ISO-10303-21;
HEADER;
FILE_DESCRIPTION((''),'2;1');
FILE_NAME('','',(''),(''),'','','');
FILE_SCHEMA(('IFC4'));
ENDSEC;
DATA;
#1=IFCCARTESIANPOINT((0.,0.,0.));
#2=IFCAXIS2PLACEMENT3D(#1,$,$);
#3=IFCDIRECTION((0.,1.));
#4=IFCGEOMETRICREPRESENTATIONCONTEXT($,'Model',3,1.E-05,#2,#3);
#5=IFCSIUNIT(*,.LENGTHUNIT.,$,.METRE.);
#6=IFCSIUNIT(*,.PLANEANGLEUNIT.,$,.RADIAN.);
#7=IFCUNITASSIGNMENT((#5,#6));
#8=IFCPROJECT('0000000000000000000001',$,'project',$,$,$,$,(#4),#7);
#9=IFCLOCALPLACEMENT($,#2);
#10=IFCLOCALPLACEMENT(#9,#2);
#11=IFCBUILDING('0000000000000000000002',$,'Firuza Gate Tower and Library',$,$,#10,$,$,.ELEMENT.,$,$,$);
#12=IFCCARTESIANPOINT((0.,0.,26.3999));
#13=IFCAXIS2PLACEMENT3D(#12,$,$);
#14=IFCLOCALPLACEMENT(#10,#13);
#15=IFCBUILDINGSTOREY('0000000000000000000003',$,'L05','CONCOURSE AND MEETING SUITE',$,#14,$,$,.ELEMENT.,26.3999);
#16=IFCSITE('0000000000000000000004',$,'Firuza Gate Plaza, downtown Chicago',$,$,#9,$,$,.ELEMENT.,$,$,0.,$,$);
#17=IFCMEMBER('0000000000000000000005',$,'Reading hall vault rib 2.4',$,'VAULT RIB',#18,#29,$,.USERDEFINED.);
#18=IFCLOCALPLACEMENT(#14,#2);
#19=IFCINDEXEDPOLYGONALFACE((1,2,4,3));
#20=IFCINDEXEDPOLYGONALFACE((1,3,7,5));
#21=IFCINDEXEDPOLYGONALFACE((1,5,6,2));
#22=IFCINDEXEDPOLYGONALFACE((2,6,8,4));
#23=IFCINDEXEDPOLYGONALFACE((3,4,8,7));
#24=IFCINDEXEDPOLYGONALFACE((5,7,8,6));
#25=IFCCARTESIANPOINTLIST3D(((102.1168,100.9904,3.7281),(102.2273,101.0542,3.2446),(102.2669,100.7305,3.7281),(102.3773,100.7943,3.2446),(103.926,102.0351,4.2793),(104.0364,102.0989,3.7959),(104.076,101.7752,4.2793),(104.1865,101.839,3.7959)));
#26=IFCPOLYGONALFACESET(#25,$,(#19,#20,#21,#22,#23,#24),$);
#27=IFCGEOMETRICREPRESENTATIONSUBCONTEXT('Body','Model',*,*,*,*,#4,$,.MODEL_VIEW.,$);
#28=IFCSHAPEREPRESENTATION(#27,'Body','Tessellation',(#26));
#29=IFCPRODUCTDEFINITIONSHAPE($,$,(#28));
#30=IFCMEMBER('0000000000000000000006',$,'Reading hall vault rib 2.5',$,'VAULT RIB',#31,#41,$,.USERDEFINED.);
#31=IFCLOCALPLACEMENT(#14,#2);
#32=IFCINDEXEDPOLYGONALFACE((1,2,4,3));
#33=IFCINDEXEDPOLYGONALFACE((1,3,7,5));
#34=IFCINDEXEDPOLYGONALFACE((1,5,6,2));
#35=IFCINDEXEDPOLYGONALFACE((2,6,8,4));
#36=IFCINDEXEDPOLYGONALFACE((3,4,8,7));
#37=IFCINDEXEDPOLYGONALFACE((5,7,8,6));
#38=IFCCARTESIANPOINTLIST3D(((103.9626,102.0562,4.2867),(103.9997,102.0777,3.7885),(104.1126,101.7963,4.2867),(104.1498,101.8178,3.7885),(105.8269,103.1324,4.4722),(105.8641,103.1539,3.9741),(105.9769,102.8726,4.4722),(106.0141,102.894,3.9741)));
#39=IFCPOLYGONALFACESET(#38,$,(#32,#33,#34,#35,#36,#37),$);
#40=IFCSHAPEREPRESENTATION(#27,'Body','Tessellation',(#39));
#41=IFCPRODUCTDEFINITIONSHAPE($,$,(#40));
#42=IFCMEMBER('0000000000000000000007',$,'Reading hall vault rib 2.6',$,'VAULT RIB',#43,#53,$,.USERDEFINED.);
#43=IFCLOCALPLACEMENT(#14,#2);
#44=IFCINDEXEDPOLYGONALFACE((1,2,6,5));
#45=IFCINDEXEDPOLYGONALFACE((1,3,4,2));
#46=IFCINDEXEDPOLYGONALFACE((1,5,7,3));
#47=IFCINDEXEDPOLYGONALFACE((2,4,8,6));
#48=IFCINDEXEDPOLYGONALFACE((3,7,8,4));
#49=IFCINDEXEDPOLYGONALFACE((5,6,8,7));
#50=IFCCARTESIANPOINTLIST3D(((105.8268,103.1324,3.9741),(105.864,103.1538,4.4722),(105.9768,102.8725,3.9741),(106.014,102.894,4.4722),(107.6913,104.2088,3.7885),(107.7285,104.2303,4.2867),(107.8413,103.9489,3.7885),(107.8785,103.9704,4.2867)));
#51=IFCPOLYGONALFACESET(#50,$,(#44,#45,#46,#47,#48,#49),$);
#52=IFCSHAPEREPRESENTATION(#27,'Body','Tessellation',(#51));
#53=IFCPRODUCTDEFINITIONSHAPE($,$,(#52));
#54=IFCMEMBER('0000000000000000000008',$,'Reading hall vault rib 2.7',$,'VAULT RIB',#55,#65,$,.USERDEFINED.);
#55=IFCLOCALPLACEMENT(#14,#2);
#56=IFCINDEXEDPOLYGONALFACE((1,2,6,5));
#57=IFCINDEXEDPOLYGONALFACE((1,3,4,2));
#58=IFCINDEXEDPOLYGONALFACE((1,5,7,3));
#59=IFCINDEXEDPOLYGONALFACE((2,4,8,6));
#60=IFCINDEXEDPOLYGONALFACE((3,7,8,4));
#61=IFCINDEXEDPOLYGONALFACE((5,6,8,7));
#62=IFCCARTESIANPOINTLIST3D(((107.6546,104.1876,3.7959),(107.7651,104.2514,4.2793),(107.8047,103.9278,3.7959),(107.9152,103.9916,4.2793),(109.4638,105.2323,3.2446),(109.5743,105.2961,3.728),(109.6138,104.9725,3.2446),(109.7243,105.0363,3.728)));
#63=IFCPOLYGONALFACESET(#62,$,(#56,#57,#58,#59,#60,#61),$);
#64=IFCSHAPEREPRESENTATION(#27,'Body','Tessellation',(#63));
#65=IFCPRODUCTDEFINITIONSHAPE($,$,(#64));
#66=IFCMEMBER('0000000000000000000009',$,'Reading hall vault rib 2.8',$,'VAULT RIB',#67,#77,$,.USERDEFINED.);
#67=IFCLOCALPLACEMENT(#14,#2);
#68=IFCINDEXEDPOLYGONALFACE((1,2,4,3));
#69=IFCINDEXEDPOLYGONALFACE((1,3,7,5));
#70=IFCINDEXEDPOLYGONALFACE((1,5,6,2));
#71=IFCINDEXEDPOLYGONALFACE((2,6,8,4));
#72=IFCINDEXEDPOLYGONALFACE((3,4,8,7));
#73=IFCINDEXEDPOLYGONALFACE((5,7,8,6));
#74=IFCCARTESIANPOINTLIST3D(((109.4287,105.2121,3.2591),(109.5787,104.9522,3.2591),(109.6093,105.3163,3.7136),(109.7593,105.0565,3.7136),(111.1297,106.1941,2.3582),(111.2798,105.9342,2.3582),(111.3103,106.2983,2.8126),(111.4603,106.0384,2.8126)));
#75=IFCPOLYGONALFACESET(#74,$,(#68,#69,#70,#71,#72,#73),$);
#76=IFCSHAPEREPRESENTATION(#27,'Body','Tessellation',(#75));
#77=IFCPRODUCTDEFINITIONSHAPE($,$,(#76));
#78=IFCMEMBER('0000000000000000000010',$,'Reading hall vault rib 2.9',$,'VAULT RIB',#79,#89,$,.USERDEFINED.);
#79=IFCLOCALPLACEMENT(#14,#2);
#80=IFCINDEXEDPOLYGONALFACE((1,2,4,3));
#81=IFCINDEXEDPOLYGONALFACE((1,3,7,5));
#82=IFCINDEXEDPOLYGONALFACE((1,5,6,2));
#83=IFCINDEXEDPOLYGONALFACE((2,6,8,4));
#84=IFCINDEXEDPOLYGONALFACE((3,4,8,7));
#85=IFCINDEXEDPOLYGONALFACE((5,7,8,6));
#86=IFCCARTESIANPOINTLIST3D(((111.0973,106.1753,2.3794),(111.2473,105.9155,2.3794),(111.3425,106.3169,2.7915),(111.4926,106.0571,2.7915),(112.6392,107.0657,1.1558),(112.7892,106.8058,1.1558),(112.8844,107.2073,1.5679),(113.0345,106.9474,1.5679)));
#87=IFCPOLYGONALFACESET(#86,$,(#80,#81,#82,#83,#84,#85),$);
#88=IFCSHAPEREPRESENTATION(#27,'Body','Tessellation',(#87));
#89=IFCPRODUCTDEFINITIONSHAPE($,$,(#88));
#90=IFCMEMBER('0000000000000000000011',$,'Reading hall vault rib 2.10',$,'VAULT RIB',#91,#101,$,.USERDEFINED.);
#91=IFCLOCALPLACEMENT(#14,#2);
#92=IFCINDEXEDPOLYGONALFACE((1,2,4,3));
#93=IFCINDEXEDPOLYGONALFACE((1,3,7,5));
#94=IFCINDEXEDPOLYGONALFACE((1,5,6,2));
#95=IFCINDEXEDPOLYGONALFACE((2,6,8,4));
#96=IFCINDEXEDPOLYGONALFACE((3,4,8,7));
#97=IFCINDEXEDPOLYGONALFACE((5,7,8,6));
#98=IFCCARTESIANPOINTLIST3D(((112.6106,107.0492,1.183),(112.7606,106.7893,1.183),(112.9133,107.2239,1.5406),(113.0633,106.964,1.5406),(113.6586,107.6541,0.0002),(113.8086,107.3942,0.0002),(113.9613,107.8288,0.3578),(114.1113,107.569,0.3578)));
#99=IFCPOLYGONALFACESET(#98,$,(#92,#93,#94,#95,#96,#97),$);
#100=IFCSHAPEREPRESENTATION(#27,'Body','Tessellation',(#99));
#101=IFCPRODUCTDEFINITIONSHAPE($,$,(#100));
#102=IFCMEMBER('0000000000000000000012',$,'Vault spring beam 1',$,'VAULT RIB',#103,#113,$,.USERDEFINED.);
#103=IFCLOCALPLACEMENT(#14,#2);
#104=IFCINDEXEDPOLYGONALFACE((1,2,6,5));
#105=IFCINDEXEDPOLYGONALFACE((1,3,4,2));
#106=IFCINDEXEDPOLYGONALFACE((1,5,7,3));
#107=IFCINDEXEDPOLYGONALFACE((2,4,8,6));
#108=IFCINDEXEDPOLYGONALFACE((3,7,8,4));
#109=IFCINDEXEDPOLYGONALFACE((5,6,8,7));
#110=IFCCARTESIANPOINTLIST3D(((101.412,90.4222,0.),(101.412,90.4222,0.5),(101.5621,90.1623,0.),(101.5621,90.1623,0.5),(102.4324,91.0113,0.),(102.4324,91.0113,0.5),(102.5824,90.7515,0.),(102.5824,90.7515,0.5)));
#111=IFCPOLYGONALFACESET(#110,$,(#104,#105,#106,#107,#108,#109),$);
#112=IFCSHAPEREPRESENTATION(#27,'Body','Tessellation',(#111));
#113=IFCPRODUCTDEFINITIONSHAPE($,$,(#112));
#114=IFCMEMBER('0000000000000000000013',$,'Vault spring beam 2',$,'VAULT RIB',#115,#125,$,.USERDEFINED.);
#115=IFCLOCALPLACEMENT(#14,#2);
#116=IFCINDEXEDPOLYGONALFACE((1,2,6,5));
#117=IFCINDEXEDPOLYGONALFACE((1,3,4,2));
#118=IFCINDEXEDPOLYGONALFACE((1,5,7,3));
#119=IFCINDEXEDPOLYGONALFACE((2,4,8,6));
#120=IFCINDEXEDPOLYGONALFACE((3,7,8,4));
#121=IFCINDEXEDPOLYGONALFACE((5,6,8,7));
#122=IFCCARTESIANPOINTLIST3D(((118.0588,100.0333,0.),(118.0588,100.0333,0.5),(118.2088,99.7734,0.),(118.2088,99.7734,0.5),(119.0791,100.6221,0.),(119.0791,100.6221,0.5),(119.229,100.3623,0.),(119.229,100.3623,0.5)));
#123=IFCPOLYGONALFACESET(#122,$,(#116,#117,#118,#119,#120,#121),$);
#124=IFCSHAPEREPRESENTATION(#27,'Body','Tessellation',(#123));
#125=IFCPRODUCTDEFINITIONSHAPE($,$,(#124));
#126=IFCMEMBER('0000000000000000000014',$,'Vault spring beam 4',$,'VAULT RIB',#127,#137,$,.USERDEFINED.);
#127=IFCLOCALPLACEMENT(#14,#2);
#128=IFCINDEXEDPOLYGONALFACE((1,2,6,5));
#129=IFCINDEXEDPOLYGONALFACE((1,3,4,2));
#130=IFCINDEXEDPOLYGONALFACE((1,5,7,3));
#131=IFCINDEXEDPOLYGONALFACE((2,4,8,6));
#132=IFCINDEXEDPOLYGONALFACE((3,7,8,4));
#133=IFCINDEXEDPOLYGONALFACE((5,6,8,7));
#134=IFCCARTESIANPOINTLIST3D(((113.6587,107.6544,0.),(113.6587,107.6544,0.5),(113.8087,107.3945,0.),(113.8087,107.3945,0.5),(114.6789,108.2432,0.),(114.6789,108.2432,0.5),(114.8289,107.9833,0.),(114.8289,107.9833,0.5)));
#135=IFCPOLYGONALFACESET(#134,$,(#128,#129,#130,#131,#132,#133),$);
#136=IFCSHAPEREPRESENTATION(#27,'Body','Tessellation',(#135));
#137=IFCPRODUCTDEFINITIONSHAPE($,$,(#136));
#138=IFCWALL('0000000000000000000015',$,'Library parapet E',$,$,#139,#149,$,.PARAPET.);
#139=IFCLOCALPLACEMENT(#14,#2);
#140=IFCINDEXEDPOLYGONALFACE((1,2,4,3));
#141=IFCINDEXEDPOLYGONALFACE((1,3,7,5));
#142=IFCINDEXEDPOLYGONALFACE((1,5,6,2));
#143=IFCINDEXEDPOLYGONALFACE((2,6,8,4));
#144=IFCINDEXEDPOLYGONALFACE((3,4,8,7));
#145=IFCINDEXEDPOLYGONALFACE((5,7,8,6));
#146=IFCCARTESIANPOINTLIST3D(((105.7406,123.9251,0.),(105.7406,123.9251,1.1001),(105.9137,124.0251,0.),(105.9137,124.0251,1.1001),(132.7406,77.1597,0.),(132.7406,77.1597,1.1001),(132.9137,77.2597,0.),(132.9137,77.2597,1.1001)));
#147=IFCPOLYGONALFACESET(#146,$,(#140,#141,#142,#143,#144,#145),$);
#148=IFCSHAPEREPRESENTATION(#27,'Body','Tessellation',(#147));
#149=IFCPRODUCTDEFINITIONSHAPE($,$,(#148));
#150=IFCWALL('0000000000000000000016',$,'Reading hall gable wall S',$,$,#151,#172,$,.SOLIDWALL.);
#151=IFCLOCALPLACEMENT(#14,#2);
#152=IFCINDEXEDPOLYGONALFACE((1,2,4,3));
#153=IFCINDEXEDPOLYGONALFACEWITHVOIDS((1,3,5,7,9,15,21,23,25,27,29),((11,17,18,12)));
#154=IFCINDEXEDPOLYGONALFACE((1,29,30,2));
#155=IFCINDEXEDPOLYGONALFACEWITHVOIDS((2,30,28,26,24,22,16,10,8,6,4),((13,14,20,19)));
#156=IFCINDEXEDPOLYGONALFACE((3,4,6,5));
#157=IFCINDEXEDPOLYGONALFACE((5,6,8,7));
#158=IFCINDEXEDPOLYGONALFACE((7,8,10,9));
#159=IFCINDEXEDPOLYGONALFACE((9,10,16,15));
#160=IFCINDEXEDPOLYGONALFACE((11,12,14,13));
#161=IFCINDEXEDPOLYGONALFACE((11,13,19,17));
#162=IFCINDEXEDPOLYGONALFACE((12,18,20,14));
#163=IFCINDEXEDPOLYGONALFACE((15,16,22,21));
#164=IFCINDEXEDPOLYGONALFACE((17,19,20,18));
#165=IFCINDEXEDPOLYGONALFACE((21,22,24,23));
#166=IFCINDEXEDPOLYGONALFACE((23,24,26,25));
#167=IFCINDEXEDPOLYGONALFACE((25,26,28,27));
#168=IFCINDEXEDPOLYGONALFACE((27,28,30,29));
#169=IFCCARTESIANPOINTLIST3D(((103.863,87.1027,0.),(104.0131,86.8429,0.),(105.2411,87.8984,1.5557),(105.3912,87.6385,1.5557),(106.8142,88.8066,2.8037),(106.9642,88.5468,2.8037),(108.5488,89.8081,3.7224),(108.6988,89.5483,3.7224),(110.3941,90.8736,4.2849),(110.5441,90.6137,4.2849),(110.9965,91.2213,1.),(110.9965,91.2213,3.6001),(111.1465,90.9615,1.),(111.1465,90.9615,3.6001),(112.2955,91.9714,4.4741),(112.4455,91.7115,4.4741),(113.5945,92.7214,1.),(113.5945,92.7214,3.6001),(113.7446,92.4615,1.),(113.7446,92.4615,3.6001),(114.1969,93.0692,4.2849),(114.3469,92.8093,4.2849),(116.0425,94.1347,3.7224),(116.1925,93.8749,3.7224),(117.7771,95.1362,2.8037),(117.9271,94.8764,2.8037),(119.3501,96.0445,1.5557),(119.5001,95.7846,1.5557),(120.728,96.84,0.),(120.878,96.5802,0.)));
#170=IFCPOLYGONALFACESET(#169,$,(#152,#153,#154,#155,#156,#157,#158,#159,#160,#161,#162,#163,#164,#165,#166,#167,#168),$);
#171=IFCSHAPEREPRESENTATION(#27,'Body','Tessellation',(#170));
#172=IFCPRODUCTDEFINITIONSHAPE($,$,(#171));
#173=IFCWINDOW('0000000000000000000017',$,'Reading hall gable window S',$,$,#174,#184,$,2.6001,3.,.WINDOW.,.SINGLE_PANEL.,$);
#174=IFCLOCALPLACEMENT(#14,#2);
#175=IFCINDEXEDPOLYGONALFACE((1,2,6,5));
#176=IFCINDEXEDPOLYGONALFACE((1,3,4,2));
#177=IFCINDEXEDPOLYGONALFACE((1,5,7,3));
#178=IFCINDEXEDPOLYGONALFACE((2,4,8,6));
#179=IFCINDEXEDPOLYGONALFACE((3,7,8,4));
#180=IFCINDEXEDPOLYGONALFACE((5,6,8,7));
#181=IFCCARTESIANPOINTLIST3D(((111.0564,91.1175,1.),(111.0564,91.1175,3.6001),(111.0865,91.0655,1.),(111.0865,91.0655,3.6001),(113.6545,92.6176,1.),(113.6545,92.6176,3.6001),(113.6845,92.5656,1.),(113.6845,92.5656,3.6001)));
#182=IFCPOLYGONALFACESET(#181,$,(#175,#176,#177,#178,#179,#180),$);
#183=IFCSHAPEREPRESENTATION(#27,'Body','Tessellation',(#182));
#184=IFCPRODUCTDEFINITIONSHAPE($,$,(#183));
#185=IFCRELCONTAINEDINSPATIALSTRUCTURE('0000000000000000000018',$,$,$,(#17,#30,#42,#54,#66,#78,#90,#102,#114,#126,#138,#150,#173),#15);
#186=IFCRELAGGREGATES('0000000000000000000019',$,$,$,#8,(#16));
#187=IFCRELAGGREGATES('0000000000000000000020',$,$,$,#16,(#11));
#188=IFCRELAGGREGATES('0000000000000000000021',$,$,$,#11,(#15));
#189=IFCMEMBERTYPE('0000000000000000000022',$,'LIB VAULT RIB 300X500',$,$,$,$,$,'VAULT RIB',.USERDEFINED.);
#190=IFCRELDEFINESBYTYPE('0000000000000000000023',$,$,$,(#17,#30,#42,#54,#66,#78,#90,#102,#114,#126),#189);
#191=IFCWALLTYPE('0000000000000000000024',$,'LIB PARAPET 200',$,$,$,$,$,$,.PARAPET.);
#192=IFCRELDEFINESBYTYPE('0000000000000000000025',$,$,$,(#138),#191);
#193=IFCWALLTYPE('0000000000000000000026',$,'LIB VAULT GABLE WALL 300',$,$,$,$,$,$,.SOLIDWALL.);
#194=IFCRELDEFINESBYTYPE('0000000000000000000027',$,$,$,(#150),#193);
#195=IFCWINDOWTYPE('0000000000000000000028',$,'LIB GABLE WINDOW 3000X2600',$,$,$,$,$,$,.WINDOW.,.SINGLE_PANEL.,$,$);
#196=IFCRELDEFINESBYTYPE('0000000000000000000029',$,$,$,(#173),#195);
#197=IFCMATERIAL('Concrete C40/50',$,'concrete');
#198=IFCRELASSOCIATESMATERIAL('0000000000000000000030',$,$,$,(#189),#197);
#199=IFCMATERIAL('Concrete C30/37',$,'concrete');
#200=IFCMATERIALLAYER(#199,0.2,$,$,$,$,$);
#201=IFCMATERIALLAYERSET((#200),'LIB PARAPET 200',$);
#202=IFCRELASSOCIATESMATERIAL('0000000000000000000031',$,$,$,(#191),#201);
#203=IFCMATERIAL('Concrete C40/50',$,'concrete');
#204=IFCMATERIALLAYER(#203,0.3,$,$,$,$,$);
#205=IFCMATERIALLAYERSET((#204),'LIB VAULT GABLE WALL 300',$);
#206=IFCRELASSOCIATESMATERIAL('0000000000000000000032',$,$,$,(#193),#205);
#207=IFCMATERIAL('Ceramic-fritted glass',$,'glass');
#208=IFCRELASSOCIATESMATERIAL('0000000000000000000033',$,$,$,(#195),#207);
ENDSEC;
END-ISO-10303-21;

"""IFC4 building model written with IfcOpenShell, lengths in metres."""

from ifc_helpers import new_model, si_unit, direction, frame, frame_2d, origin, origin_2d, place, context, subcontext, project, spatial, polyline, rectangle, outline, extrude, material, layer, layer_set, material_profile, profile_set, type_object, element, fill, save


model = new_model("IFC4")

# Units and contexts
model_context = context("Model", 3, precision=1e-05, world=origin(), true_north=direction((0.0, 1.0)))
body_context = subcontext(model_context, "Body", "Model", "MODEL_VIEW")
ifc_project = project(units=[si_unit("LENGTHUNIT", "METRE"), si_unit("PLANEANGLEUNIT", "RADIAN")], contexts=[model_context])

# Site, building, storey
site_placement = place(None, origin())
site = spatial("IfcSite", under=ifc_project, at=site_placement, Name="Firuza Gate Plaza, downtown Chicago", CompositionType="ELEMENT", RefElevation=0.0)
building_placement = place(site_placement, origin())
building = spatial("IfcBuilding", under=site, at=building_placement, Name="Firuza Gate Tower and Library", CompositionType="ELEMENT")
storey_placement = place(building_placement, frame((0.0, 0.0, 26.3999)))
storey = spatial("IfcBuildingStorey", under=building, at=storey_placement, Name="L05", Description="CONCOURSE AND MEETING SUITE", CompositionType="ELEMENT", Elevation=26.3999)

# Members
ifc_material_1 = material(Name="Concrete C40/50", Category="concrete")
ifc_material_profile_1 = material_profile(ifc_material_1, rectangle(XDim=0.3, YDim=0.5, at=origin_2d()))
ifc_profile_set_1 = profile_set([ifc_material_profile_1], Name="Concrete C40/50")
member_type = type_object("IfcMemberType", Name="LIB VAULT RIB 300X500", ElementType="VAULT RIB", PredefinedType="USERDEFINED", material=ifc_profile_set_1)
for number, where, z_axis, x_axis, name in (
    (1, (102.2471, 100.8923, 3.4863), (0.83732, 0.483521, 0.255151), (-0.500073, 0.865983, 0.0), "Reading hall vault rib 2.4"),
    (2, (104.0562, 101.937, 4.0376), (0.862858, 0.498098, 0.085879), (-0.499945, 0.866057, 0.0), "Reading hall vault rib 2.5"),
):
    element("IfcMember", number, at=place(storey_placement, frame(where, z_axis=z_axis, x_axis=x_axis)), inside=storey, type_object=member_type, Name=name, ObjectType="VAULT RIB", PredefinedType="USERDEFINED", context=body_context, shape_type="SweptSolid", body=[
        extrude(rectangle(XDim=0.3, YDim=0.5, at=origin_2d()), origin(), (0.0, 0.0, 1.0), 2.1606),
    ])
member_1_placement = place(storey_placement, frame((105.9204, 103.0132, 4.2231), z_axis=(0.862838, 0.498134, -0.085866), x_axis=(-0.499981, 0.866036, 0.0)))
element("IfcMember", 3, at=member_1_placement, inside=storey, type_object=member_type, Name="Reading hall vault rib 2.6", ObjectType="VAULT RIB", PredefinedType="USERDEFINED", context=body_context, shape_type="SweptSolid", body=[
    extrude(rectangle(XDim=0.3, YDim=0.5, at=origin_2d()), origin(), (0.0, 0.0, 1.0), 2.1609),
])
member_2_placement = place(storey_placement, frame((107.7849, 104.0896, 4.0376), z_axis=(0.83732, 0.483521, -0.255151), x_axis=(-0.500073, 0.865983, 0.0)))
element("IfcMember", 4, at=member_2_placement, inside=storey, type_object=member_type, Name="Reading hall vault rib 2.7", ObjectType="VAULT RIB", PredefinedType="USERDEFINED", context=body_context, shape_type="SweptSolid", body=[
    extrude(rectangle(XDim=0.3, YDim=0.5, at=origin_2d()), origin(), (0.0, 0.0, 1.0), 2.1606),
])
member_3_placement = place(storey_placement, frame((109.594, 105.1343, 3.4863), z_axis=(0.787186, 0.454437, -0.416925), x_axis=(-0.499963, 0.866047, 0.0)))
element("IfcMember", 5, at=member_3_placement, inside=storey, type_object=member_type, Name="Reading hall vault rib 2.8", ObjectType="VAULT RIB", PredefinedType="USERDEFINED", context=body_context, shape_type="SweptSolid", body=[
    extrude(rectangle(XDim=0.3, YDim=0.5, at=origin_2d()), origin(), (0.0, 0.0, 1.0), 2.1609),
])
member_4_placement = place(storey_placement, frame((111.2949, 106.1162, 2.5854), z_axis=(0.713717, 0.412116, -0.566363), x_axis=(-0.500047, 0.865998, 0.0)))
element("IfcMember", 6, at=member_4_placement, inside=storey, type_object=member_type, Name="Reading hall vault rib 2.9", ObjectType="VAULT RIB", PredefinedType="USERDEFINED", context=body_context, shape_type="SweptSolid", body=[
    extrude(rectangle(XDim=0.3, YDim=0.5, at=origin_2d()), origin(), (0.0, 0.0, 1.0), 2.1604),
])
member_5_placement = place(storey_placement, frame((112.8369, 107.0066, 1.3618), z_axis=(0.619355, 0.357503, -0.698993), x_axis=(-0.499915, 0.866075, 0.0)))
element("IfcMember", 7, at=member_5_placement, inside=storey, type_object=member_type, Name="Reading hall vault rib 2.10", ObjectType="VAULT RIB", PredefinedType="USERDEFINED", context=body_context, shape_type="SweptSolid", body=[
    extrude(rectangle(XDim=0.3, YDim=0.5, at=origin_2d()), origin(), (0.0, 0.0, 1.0), 1.6921),
])
member_6_placement = place(storey_placement, frame((101.4871, 90.2922, 0.25), z_axis=(0.866003, 0.500039, 0.0), x_axis=(-0.500039, 0.866003, 0.0)))
element("IfcMember", 8, at=member_6_placement, inside=storey, type_object=member_type, Name="Vault spring beam 1", ObjectType="VAULT RIB", PredefinedType="USERDEFINED", context=body_context, shape_type="SweptSolid", body=[
    extrude(rectangle(XDim=0.3, YDim=0.5, at=origin_2d()), origin(), (0.0, 0.0, 1.0), 1.1782),
])
for number, where, z_axis, x_axis, name in (
    (9, (119.1541, 100.4922, 0.25), (-0.866092, -0.499884, 0.0), (0.499884, -0.866092, 0.0), "Vault spring beam 2"),
    (10, (114.7539, 108.1133, 0.25), (-0.866092, -0.499884, 0.0), (0.499884, -0.866092, 0.0), "Vault spring beam 4"),
):
    element("IfcMember", number, at=place(storey_placement, frame(where, z_axis=z_axis, x_axis=x_axis)), inside=storey, type_object=member_type, Name=name, ObjectType="VAULT RIB", PredefinedType="USERDEFINED", context=body_context, shape_type="SweptSolid", body=[
        extrude(rectangle(XDim=0.3, YDim=0.5, at=origin_2d()), origin(), (0.0, 0.0, 1.0), 1.178),
    ])

# Wall
ifc_material_2 = material(Name="Concrete C30/37", Category="concrete")
ifc_layer_1 = layer(ifc_material_2, 0.2)
ifc_layer_set_1 = layer_set([ifc_layer_1], Name="LIB PARAPET 200")
wall_type_1 = type_object("IfcWallType", Name="LIB PARAPET 200", PredefinedType="PARAPET", material=ifc_layer_set_1)
wall_1_placement = place(storey_placement, frame((132.8271, 77.2097, 0.0), z_axis=(0.0, 0.0, 1.0), x_axis=(-0.5, 0.866025, 0.0)))
element("IfcWall", 11, at=wall_1_placement, inside=storey, type_object=wall_type_1, Name="Library parapet E", PredefinedType="PARAPET", context=body_context, shape_type="SweptSolid", body=[
    extrude(rectangle(XDim=54.0, YDim=0.2, at=frame_2d((27.0, 0.0))), origin(), (0.0, 0.0, 1.0), 1.1001),
])

# Wall, opening, window
ifc_material_3 = material(Name="Concrete C40/50", Category="concrete")
ifc_layer_2 = layer(ifc_material_3, 0.3)
ifc_layer_set_2 = layer_set([ifc_layer_2], Name="LIB VAULT GABLE WALL 300")
wall_type_2 = type_object("IfcWallType", Name="LIB VAULT GABLE WALL 300", PredefinedType="SOLIDWALL", material=ifc_layer_set_2)
wall_2_placement = place(storey_placement, frame((103.938, 86.9729, 0.0), z_axis=(0.0, 0.0, 1.0), x_axis=(0.866019, 0.500011, 0.0)))
wall_2 = element("IfcWall", 12, at=wall_2_placement, inside=storey, type_object=wall_type_2, Name="Reading hall gable wall S", PredefinedType="SOLIDWALL", context=body_context, shape_type="SweptSolid", body=[
    extrude(outline(polyline([(0.0, 0.0), (19.4741, 0.0), (19.4741, 0.0), (17.8831, 1.5557), (16.0667, 2.8037), (14.0637, 3.7224), (11.9326, 4.2849), (9.7371, 4.4741), (7.5415, 4.2849), (5.4106, 3.7224), (3.4077, 2.8037), (1.5913, 1.5557), (0.0, 0.0), (0.0, 0.0)])), frame((0.0, 0.1499, 0.0), z_axis=(0.0, -1.0, 0.0), x_axis=(1.0, 0.0, 0.0)), (0.0, 0.0, 1.0), 0.3),
])
opening_placement = place(wall_2_placement, frame((8.2371, 0.0, 1.0)))
opening = element("IfcOpeningElement", 13, at=opening_placement, cuts=wall_2, PredefinedType="OPENING", context=body_context, shape_type="SweptSolid", body=[
    extrude(rectangle(XDim=3.0, YDim=2.6001, at=frame_2d((1.5, 1.3))), frame((0.0, 0.1602, 0.0), z_axis=(0.0, -1.0, 0.0), x_axis=(1.0, 0.0, 0.0)), (0.0, 0.0, 1.0), 0.3201),
])
ifc_material_4 = material(Name="Ceramic-fritted glass", Category="glass")
window_type = type_object("IfcWindowType", Name="LIB GABLE WINDOW 3000X2600", PartitioningType="SINGLE_PANEL", PredefinedType="WINDOW", material=ifc_material_4)
window_placement = place(opening_placement, origin())
window = element("IfcWindow", 14, at=window_placement, inside=storey, type_object=window_type, Name="Reading hall gable window S", OverallHeight=2.6001, OverallWidth=3.0, PartitioningType="SINGLE_PANEL", PredefinedType="WINDOW", context=body_context, shape_type="SweptSolid", body=[
    extrude(rectangle(XDim=3.0, YDim=2.6001, at=frame_2d((1.5, 1.3))), frame((0.0, 0.03, 0.0), z_axis=(0.0, -1.0, 0.0), x_axis=(1.0, 0.0, 0.0)), (0.0, 0.0, 1.0), 0.0601),
])
fill(opening, window)

save(model, "model.ifc")
